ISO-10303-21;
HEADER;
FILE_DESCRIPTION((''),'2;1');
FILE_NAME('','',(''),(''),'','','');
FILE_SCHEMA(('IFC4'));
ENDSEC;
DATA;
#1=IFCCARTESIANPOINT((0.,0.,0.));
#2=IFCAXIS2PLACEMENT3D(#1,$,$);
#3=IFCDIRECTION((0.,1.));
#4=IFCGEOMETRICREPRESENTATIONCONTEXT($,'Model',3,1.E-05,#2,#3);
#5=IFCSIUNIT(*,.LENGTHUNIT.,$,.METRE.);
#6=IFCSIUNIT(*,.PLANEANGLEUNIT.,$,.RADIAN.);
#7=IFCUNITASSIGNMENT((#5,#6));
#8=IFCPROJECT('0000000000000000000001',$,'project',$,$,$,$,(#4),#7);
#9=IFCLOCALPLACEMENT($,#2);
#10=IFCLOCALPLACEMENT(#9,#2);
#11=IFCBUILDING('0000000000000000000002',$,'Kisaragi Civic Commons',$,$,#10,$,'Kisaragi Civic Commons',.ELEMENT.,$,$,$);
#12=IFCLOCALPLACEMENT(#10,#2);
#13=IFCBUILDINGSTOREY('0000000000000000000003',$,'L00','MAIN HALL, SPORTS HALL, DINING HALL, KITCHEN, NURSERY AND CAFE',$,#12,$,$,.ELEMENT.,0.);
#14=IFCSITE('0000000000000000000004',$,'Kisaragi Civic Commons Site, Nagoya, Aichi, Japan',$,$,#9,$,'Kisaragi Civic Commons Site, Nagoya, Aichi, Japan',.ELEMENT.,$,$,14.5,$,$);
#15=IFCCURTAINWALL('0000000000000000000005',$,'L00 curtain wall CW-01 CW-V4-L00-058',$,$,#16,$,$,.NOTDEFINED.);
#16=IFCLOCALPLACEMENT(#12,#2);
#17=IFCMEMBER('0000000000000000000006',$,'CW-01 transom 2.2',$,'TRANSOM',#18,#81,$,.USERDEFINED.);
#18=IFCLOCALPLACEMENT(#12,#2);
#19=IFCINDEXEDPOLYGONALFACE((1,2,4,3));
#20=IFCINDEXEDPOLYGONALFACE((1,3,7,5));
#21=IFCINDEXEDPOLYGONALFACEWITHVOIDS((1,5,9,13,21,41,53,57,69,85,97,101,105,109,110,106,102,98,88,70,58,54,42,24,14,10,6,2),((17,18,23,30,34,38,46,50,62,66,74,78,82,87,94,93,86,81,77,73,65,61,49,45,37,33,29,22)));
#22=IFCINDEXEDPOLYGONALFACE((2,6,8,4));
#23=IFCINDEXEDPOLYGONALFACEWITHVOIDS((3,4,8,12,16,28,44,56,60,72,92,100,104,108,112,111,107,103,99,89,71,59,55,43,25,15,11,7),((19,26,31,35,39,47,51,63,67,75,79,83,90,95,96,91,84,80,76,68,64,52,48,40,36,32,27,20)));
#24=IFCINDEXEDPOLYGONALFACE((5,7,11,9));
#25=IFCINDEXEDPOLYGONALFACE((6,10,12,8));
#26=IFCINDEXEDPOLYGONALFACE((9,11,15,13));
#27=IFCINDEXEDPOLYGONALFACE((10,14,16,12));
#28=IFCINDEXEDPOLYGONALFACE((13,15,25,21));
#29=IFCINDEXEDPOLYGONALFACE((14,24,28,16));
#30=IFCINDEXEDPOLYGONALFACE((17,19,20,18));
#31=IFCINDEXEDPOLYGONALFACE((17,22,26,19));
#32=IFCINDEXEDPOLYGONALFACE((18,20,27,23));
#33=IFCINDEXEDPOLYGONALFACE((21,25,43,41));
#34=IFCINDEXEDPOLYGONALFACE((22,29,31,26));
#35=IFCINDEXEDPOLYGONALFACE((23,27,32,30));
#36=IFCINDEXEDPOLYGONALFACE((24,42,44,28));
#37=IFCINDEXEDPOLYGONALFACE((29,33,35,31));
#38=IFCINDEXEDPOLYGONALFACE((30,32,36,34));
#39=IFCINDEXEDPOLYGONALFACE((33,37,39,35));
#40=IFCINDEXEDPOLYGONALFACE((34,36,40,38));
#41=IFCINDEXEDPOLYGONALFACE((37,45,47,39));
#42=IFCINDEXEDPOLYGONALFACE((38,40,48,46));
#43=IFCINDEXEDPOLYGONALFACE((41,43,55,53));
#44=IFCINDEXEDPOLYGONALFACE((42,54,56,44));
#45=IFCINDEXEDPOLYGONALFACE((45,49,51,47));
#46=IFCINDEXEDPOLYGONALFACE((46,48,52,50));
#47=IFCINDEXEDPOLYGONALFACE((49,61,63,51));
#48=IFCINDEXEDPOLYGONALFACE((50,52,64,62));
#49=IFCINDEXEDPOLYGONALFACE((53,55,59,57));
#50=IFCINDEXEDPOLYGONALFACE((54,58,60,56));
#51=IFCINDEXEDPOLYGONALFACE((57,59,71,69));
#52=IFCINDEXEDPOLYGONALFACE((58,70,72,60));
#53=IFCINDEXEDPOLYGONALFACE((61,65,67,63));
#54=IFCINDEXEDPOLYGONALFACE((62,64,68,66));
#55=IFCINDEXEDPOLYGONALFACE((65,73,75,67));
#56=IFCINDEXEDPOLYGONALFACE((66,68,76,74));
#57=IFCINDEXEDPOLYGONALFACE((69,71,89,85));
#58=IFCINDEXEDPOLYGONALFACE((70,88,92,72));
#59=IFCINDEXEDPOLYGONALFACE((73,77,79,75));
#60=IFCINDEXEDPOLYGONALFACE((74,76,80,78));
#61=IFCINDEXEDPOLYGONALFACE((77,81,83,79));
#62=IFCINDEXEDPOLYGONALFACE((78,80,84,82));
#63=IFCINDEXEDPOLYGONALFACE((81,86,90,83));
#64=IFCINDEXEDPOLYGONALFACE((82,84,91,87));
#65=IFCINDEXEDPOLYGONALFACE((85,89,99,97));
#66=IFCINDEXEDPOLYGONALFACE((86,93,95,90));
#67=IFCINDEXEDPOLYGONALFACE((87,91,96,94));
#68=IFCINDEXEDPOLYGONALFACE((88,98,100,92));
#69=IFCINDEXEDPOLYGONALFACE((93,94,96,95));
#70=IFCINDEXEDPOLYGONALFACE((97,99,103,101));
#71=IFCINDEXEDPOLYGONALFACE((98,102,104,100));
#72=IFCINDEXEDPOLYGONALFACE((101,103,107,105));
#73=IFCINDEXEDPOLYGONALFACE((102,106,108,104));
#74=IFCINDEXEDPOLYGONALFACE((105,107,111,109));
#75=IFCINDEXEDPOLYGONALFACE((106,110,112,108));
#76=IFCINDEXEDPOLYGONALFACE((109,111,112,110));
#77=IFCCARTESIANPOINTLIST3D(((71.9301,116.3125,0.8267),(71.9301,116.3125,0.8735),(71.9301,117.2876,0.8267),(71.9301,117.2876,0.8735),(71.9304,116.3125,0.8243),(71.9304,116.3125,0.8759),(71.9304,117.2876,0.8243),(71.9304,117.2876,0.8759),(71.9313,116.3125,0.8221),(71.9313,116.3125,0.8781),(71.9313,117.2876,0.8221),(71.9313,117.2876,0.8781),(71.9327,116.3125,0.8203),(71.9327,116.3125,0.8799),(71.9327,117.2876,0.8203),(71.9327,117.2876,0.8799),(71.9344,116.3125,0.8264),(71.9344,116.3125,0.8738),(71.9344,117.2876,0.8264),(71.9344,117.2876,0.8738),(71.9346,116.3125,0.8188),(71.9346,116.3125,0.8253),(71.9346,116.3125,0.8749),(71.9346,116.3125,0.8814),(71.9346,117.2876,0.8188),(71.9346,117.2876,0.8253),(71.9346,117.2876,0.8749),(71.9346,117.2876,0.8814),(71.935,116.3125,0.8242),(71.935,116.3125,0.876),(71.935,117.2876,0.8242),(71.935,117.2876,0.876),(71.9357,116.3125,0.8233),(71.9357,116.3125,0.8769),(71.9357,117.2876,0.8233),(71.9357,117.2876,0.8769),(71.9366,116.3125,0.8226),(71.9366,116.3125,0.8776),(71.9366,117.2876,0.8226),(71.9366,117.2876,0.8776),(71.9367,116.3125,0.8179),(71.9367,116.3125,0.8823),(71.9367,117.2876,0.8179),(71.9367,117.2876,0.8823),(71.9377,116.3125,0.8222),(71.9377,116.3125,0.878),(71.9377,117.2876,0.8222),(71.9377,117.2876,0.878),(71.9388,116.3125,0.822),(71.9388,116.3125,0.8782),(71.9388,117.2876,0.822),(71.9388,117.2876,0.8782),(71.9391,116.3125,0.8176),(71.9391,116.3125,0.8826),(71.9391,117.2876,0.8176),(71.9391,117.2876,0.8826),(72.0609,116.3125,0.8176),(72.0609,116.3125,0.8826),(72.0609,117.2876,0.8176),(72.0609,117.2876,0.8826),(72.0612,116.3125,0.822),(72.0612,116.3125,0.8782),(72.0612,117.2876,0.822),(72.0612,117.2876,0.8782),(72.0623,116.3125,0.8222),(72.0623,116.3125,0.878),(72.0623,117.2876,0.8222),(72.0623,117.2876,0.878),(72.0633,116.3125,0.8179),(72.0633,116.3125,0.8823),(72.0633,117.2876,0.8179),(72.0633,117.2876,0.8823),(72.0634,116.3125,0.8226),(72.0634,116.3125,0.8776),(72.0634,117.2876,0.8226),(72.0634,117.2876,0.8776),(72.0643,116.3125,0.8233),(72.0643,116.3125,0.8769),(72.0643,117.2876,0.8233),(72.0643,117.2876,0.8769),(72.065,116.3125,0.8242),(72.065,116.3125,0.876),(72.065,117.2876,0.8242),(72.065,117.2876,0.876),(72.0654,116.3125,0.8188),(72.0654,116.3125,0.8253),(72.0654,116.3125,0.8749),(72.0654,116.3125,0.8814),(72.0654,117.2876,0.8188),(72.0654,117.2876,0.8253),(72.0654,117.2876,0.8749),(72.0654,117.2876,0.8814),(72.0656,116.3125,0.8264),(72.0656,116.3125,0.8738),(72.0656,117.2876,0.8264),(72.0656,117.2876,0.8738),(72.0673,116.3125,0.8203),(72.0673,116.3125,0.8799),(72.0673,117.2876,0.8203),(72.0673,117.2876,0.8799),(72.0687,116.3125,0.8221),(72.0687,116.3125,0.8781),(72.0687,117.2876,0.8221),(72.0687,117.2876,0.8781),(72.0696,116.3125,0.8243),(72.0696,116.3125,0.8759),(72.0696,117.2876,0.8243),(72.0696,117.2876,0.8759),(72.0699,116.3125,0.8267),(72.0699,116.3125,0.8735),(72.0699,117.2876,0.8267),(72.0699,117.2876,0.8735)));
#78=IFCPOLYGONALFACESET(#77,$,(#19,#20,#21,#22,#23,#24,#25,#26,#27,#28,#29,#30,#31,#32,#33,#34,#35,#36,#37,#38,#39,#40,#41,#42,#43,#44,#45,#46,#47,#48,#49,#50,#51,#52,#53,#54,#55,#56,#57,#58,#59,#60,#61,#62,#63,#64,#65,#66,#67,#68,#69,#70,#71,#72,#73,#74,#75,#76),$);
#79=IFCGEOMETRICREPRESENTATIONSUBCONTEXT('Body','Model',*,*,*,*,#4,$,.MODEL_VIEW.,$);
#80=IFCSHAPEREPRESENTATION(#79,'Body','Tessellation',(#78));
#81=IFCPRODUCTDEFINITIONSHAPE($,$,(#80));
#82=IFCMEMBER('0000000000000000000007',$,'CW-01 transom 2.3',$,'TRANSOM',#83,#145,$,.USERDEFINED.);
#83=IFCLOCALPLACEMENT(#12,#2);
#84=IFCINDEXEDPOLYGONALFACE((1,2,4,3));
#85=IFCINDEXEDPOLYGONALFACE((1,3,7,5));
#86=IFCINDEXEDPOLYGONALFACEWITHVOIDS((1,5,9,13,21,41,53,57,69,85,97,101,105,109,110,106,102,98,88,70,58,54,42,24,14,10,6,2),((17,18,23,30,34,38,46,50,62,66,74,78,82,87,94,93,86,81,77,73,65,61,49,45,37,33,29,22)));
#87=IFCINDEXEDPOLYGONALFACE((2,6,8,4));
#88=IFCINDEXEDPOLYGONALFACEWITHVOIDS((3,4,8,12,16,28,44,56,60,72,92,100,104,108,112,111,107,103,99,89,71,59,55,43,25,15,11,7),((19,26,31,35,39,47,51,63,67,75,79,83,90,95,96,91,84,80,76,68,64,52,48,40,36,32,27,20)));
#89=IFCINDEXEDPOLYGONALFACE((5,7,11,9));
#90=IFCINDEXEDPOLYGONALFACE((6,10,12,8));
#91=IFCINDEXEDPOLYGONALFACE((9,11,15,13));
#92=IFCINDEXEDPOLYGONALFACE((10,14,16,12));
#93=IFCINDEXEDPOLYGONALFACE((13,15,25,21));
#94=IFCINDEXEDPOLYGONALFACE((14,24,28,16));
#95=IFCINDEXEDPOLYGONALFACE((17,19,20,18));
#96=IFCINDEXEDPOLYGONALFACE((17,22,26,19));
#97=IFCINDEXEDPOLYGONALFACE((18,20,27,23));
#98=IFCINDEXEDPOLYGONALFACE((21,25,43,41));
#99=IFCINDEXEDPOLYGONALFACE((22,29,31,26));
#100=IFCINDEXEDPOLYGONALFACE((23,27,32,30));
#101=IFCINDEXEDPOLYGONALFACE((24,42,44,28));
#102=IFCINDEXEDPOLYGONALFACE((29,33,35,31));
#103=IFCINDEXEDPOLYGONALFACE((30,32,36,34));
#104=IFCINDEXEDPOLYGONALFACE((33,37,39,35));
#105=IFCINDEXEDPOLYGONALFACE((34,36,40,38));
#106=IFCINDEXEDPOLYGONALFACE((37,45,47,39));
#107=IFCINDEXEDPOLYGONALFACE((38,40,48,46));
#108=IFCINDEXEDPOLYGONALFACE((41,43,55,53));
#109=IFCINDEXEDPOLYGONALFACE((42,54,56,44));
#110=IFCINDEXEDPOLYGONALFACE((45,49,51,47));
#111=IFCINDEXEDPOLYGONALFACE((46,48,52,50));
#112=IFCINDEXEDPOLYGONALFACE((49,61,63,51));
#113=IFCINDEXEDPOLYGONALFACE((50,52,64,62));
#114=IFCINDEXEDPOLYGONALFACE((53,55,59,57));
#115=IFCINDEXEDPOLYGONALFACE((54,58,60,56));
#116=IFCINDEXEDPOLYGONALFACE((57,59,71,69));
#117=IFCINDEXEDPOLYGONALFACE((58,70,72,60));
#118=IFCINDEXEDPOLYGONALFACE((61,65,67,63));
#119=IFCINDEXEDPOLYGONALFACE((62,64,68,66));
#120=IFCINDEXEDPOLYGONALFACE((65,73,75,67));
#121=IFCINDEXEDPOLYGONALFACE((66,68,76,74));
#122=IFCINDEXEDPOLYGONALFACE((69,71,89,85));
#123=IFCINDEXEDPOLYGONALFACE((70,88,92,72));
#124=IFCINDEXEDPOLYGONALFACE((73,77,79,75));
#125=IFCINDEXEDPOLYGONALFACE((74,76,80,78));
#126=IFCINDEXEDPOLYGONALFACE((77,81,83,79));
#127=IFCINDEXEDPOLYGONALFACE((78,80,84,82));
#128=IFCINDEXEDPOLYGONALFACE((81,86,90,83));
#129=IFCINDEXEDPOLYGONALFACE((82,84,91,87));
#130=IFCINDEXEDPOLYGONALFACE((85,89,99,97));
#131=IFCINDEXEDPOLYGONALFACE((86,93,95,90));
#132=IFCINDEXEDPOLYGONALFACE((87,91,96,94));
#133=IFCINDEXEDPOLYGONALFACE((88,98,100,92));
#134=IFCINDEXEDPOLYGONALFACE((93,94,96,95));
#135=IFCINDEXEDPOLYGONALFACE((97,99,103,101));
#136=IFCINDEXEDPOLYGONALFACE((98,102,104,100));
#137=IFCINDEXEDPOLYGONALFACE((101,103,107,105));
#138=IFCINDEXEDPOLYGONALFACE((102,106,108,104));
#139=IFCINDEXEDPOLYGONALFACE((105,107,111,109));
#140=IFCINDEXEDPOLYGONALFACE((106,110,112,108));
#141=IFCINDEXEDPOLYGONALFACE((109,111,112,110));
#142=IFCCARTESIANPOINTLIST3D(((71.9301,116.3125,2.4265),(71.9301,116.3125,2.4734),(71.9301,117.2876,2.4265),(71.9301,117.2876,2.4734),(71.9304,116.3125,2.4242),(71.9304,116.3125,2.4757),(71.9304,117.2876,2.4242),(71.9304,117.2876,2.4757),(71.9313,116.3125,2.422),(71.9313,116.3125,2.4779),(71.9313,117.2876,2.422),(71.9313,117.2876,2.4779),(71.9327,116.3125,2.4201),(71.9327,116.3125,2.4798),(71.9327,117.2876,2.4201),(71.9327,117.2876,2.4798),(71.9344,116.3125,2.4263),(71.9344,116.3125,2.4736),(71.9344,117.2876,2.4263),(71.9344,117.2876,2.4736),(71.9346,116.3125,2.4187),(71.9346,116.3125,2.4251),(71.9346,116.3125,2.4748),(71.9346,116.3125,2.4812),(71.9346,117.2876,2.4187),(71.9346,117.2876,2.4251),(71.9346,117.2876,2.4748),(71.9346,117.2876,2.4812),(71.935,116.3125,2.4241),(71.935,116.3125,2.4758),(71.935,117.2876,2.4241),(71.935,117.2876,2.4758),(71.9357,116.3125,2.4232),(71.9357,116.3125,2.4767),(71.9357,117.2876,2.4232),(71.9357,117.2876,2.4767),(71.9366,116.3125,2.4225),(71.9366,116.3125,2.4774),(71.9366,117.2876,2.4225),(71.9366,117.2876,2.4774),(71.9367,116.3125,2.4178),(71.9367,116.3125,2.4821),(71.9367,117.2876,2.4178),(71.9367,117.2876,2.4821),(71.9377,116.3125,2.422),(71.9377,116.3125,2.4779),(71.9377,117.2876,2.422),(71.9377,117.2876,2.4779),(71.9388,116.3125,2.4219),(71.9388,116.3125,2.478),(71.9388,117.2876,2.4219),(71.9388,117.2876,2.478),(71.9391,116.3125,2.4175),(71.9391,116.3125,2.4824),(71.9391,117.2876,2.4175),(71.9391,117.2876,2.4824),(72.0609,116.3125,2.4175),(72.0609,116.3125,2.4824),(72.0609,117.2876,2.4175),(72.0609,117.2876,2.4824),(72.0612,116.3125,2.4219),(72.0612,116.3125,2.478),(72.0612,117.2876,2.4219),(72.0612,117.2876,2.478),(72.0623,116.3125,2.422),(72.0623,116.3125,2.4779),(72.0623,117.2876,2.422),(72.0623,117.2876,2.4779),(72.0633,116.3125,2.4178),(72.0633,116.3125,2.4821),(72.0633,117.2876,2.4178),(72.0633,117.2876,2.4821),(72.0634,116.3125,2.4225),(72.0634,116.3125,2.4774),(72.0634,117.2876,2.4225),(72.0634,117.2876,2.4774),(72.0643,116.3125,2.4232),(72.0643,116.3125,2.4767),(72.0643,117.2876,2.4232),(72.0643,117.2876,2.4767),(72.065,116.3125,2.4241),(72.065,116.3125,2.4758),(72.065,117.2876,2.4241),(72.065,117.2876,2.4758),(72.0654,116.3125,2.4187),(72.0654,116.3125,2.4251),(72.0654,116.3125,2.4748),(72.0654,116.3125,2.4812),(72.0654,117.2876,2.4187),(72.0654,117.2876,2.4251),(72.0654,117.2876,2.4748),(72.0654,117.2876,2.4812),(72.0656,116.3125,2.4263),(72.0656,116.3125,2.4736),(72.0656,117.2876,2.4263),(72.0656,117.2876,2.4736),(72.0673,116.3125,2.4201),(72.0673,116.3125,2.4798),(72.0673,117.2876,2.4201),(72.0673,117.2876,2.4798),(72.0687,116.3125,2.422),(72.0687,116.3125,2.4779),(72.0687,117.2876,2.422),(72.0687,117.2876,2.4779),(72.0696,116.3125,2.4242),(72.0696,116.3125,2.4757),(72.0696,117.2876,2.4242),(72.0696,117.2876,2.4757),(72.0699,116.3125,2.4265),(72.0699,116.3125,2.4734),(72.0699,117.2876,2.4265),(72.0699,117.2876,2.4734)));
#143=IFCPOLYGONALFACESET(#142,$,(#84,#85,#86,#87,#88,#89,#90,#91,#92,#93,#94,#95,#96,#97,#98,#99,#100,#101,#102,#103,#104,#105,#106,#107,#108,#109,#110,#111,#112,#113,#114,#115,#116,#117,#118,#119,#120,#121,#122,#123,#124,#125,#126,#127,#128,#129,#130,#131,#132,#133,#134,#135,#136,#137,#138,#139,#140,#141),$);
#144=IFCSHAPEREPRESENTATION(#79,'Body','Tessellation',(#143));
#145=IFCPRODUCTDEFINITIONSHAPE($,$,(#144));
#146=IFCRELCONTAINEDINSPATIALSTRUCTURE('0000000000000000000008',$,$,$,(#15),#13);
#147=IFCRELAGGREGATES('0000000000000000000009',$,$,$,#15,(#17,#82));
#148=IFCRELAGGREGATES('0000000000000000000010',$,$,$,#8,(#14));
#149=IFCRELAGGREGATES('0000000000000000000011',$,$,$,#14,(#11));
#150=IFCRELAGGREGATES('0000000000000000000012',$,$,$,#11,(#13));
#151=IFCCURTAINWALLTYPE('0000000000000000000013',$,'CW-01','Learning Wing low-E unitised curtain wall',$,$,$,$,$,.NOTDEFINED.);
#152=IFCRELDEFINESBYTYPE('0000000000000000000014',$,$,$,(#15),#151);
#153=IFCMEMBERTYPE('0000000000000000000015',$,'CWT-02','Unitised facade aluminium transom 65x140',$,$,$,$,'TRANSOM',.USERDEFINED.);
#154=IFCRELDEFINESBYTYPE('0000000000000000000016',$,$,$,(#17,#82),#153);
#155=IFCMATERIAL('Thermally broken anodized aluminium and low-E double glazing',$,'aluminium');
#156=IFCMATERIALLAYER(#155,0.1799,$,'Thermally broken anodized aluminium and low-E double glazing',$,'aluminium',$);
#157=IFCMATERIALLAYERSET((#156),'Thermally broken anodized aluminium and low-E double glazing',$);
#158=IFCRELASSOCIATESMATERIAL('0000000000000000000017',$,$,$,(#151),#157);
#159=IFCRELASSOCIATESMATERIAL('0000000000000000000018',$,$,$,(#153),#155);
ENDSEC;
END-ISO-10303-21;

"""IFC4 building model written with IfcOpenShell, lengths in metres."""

from ifc_helpers import new_model, si_unit, direction, frame, origin, origin_2d, place, context, subcontext, project, spatial, hollow_rectangle, extrude, material, layer, layer_set, material_profile, profile_set, type_object, element, aggregate, save


model = new_model("IFC4")

# Units and contexts
model_context = context("Model", 3, precision=1e-05, world=origin(), true_north=direction((0.0, 1.0)))
body_context = subcontext(model_context, "Body", "Model", "MODEL_VIEW")
ifc_project = project(units=[si_unit("LENGTHUNIT", "METRE"), si_unit("PLANEANGLEUNIT", "RADIAN")], contexts=[model_context])

# Site, building, storey
site_placement = place(None, origin())
site = spatial("IfcSite", under=ifc_project, at=site_placement, Name="Kisaragi Civic Commons Site, Nagoya, Aichi, Japan", LongName="Kisaragi Civic Commons Site, Nagoya, Aichi, Japan", CompositionType="ELEMENT", RefElevation=14.5)
building_placement = place(site_placement, origin())
building = spatial("IfcBuilding", under=site, at=building_placement, Name="Kisaragi Civic Commons", LongName="Kisaragi Civic Commons", CompositionType="ELEMENT")
storey_placement = place(building_placement, origin())
storey = spatial("IfcBuildingStorey", under=building, at=storey_placement, Name="L00", Description="MAIN HALL, SPORTS HALL, DINING HALL, KITCHEN, NURSERY AND CAFE", CompositionType="ELEMENT", Elevation=0.0)

# Shared definitions
ifc_material_1 = material(Name="Thermally broken anodized aluminium and low-E double glazing", Category="aluminium")
ifc_layer_1 = layer(ifc_material_1, 0.1799, Name="Thermally broken anodized aluminium and low-E double glazing", Category="aluminium")
ifc_layer_set_1 = layer_set([ifc_layer_1], Name="Thermally broken anodized aluminium and low-E double glazing")
curtain_wall_type = type_object("IfcCurtainWallType", Name="CW-01", Description="Learning Wing low-E unitised curtain wall", PredefinedType="NOTDEFINED", material=ifc_layer_set_1)

# Curtain wall, members
curtain_wall_1_placement = place(storey_placement, origin())
curtain_wall_1 = element("IfcCurtainWall", 1, at=curtain_wall_1_placement, inside=storey, type_object=curtain_wall_type, Name="L00 curtain wall CW-01 CW-V4-L00-058", PredefinedType="NOTDEFINED")
ifc_material_profile_1 = material_profile(ifc_material_1, hollow_rectangle(XDim=0.1399, YDim=0.0649, WallThickness=0.0044, InnerFilletRadius=0.0044, OuterFilletRadius=0.009, at=origin_2d()), Name="CWT-65x140x4.5", Category="aluminium")
ifc_profile_set_1 = profile_set([ifc_material_profile_1], Name="Thermally broken anodized aluminium and low-E double glazing")
member_type_1 = type_object("IfcMemberType", Name="CWT-02", Description="Unitised facade aluminium transom 65x140", ElementType="TRANSOM", PredefinedType="USERDEFINED", material=ifc_profile_set_1)
member_1_placement = place(storey_placement, frame((72.0, 116.3125, 0.8501), z_axis=(0.0, 1.0, 0.0), x_axis=(-1.0, 0.0, 0.0)))
member_1 = element("IfcMember", 2, at=member_1_placement, type_object=member_type_1, Name="CW-01 transom 2.2", ObjectType="TRANSOM", PredefinedType="USERDEFINED", context=body_context, shape_type="SweptSolid", body=[
    extrude(hollow_rectangle(XDim=0.1399, YDim=0.0649, WallThickness=0.0044, InnerFilletRadius=0.0044, OuterFilletRadius=0.009, at=origin_2d()), origin(), (0.0, 0.0, 1.0), 0.9751),
])
member_2_placement = place(storey_placement, frame((72.0, 116.3125, 2.45), z_axis=(0.0, 1.0, 0.0), x_axis=(-1.0, 0.0, 0.0)))
member_2 = element("IfcMember", 3, at=member_2_placement, type_object=member_type_1, Name="CW-01 transom 2.3", ObjectType="TRANSOM", PredefinedType="USERDEFINED", context=body_context, shape_type="SweptSolid", body=[
    extrude(hollow_rectangle(XDim=0.1399, YDim=0.0649, WallThickness=0.0044, InnerFilletRadius=0.0044, OuterFilletRadius=0.009, at=origin_2d()), origin(), (0.0, 0.0, 1.0), 0.9751),
])

aggregate(curtain_wall_1, [member_1, member_2])

save(model, "model.ifc")
